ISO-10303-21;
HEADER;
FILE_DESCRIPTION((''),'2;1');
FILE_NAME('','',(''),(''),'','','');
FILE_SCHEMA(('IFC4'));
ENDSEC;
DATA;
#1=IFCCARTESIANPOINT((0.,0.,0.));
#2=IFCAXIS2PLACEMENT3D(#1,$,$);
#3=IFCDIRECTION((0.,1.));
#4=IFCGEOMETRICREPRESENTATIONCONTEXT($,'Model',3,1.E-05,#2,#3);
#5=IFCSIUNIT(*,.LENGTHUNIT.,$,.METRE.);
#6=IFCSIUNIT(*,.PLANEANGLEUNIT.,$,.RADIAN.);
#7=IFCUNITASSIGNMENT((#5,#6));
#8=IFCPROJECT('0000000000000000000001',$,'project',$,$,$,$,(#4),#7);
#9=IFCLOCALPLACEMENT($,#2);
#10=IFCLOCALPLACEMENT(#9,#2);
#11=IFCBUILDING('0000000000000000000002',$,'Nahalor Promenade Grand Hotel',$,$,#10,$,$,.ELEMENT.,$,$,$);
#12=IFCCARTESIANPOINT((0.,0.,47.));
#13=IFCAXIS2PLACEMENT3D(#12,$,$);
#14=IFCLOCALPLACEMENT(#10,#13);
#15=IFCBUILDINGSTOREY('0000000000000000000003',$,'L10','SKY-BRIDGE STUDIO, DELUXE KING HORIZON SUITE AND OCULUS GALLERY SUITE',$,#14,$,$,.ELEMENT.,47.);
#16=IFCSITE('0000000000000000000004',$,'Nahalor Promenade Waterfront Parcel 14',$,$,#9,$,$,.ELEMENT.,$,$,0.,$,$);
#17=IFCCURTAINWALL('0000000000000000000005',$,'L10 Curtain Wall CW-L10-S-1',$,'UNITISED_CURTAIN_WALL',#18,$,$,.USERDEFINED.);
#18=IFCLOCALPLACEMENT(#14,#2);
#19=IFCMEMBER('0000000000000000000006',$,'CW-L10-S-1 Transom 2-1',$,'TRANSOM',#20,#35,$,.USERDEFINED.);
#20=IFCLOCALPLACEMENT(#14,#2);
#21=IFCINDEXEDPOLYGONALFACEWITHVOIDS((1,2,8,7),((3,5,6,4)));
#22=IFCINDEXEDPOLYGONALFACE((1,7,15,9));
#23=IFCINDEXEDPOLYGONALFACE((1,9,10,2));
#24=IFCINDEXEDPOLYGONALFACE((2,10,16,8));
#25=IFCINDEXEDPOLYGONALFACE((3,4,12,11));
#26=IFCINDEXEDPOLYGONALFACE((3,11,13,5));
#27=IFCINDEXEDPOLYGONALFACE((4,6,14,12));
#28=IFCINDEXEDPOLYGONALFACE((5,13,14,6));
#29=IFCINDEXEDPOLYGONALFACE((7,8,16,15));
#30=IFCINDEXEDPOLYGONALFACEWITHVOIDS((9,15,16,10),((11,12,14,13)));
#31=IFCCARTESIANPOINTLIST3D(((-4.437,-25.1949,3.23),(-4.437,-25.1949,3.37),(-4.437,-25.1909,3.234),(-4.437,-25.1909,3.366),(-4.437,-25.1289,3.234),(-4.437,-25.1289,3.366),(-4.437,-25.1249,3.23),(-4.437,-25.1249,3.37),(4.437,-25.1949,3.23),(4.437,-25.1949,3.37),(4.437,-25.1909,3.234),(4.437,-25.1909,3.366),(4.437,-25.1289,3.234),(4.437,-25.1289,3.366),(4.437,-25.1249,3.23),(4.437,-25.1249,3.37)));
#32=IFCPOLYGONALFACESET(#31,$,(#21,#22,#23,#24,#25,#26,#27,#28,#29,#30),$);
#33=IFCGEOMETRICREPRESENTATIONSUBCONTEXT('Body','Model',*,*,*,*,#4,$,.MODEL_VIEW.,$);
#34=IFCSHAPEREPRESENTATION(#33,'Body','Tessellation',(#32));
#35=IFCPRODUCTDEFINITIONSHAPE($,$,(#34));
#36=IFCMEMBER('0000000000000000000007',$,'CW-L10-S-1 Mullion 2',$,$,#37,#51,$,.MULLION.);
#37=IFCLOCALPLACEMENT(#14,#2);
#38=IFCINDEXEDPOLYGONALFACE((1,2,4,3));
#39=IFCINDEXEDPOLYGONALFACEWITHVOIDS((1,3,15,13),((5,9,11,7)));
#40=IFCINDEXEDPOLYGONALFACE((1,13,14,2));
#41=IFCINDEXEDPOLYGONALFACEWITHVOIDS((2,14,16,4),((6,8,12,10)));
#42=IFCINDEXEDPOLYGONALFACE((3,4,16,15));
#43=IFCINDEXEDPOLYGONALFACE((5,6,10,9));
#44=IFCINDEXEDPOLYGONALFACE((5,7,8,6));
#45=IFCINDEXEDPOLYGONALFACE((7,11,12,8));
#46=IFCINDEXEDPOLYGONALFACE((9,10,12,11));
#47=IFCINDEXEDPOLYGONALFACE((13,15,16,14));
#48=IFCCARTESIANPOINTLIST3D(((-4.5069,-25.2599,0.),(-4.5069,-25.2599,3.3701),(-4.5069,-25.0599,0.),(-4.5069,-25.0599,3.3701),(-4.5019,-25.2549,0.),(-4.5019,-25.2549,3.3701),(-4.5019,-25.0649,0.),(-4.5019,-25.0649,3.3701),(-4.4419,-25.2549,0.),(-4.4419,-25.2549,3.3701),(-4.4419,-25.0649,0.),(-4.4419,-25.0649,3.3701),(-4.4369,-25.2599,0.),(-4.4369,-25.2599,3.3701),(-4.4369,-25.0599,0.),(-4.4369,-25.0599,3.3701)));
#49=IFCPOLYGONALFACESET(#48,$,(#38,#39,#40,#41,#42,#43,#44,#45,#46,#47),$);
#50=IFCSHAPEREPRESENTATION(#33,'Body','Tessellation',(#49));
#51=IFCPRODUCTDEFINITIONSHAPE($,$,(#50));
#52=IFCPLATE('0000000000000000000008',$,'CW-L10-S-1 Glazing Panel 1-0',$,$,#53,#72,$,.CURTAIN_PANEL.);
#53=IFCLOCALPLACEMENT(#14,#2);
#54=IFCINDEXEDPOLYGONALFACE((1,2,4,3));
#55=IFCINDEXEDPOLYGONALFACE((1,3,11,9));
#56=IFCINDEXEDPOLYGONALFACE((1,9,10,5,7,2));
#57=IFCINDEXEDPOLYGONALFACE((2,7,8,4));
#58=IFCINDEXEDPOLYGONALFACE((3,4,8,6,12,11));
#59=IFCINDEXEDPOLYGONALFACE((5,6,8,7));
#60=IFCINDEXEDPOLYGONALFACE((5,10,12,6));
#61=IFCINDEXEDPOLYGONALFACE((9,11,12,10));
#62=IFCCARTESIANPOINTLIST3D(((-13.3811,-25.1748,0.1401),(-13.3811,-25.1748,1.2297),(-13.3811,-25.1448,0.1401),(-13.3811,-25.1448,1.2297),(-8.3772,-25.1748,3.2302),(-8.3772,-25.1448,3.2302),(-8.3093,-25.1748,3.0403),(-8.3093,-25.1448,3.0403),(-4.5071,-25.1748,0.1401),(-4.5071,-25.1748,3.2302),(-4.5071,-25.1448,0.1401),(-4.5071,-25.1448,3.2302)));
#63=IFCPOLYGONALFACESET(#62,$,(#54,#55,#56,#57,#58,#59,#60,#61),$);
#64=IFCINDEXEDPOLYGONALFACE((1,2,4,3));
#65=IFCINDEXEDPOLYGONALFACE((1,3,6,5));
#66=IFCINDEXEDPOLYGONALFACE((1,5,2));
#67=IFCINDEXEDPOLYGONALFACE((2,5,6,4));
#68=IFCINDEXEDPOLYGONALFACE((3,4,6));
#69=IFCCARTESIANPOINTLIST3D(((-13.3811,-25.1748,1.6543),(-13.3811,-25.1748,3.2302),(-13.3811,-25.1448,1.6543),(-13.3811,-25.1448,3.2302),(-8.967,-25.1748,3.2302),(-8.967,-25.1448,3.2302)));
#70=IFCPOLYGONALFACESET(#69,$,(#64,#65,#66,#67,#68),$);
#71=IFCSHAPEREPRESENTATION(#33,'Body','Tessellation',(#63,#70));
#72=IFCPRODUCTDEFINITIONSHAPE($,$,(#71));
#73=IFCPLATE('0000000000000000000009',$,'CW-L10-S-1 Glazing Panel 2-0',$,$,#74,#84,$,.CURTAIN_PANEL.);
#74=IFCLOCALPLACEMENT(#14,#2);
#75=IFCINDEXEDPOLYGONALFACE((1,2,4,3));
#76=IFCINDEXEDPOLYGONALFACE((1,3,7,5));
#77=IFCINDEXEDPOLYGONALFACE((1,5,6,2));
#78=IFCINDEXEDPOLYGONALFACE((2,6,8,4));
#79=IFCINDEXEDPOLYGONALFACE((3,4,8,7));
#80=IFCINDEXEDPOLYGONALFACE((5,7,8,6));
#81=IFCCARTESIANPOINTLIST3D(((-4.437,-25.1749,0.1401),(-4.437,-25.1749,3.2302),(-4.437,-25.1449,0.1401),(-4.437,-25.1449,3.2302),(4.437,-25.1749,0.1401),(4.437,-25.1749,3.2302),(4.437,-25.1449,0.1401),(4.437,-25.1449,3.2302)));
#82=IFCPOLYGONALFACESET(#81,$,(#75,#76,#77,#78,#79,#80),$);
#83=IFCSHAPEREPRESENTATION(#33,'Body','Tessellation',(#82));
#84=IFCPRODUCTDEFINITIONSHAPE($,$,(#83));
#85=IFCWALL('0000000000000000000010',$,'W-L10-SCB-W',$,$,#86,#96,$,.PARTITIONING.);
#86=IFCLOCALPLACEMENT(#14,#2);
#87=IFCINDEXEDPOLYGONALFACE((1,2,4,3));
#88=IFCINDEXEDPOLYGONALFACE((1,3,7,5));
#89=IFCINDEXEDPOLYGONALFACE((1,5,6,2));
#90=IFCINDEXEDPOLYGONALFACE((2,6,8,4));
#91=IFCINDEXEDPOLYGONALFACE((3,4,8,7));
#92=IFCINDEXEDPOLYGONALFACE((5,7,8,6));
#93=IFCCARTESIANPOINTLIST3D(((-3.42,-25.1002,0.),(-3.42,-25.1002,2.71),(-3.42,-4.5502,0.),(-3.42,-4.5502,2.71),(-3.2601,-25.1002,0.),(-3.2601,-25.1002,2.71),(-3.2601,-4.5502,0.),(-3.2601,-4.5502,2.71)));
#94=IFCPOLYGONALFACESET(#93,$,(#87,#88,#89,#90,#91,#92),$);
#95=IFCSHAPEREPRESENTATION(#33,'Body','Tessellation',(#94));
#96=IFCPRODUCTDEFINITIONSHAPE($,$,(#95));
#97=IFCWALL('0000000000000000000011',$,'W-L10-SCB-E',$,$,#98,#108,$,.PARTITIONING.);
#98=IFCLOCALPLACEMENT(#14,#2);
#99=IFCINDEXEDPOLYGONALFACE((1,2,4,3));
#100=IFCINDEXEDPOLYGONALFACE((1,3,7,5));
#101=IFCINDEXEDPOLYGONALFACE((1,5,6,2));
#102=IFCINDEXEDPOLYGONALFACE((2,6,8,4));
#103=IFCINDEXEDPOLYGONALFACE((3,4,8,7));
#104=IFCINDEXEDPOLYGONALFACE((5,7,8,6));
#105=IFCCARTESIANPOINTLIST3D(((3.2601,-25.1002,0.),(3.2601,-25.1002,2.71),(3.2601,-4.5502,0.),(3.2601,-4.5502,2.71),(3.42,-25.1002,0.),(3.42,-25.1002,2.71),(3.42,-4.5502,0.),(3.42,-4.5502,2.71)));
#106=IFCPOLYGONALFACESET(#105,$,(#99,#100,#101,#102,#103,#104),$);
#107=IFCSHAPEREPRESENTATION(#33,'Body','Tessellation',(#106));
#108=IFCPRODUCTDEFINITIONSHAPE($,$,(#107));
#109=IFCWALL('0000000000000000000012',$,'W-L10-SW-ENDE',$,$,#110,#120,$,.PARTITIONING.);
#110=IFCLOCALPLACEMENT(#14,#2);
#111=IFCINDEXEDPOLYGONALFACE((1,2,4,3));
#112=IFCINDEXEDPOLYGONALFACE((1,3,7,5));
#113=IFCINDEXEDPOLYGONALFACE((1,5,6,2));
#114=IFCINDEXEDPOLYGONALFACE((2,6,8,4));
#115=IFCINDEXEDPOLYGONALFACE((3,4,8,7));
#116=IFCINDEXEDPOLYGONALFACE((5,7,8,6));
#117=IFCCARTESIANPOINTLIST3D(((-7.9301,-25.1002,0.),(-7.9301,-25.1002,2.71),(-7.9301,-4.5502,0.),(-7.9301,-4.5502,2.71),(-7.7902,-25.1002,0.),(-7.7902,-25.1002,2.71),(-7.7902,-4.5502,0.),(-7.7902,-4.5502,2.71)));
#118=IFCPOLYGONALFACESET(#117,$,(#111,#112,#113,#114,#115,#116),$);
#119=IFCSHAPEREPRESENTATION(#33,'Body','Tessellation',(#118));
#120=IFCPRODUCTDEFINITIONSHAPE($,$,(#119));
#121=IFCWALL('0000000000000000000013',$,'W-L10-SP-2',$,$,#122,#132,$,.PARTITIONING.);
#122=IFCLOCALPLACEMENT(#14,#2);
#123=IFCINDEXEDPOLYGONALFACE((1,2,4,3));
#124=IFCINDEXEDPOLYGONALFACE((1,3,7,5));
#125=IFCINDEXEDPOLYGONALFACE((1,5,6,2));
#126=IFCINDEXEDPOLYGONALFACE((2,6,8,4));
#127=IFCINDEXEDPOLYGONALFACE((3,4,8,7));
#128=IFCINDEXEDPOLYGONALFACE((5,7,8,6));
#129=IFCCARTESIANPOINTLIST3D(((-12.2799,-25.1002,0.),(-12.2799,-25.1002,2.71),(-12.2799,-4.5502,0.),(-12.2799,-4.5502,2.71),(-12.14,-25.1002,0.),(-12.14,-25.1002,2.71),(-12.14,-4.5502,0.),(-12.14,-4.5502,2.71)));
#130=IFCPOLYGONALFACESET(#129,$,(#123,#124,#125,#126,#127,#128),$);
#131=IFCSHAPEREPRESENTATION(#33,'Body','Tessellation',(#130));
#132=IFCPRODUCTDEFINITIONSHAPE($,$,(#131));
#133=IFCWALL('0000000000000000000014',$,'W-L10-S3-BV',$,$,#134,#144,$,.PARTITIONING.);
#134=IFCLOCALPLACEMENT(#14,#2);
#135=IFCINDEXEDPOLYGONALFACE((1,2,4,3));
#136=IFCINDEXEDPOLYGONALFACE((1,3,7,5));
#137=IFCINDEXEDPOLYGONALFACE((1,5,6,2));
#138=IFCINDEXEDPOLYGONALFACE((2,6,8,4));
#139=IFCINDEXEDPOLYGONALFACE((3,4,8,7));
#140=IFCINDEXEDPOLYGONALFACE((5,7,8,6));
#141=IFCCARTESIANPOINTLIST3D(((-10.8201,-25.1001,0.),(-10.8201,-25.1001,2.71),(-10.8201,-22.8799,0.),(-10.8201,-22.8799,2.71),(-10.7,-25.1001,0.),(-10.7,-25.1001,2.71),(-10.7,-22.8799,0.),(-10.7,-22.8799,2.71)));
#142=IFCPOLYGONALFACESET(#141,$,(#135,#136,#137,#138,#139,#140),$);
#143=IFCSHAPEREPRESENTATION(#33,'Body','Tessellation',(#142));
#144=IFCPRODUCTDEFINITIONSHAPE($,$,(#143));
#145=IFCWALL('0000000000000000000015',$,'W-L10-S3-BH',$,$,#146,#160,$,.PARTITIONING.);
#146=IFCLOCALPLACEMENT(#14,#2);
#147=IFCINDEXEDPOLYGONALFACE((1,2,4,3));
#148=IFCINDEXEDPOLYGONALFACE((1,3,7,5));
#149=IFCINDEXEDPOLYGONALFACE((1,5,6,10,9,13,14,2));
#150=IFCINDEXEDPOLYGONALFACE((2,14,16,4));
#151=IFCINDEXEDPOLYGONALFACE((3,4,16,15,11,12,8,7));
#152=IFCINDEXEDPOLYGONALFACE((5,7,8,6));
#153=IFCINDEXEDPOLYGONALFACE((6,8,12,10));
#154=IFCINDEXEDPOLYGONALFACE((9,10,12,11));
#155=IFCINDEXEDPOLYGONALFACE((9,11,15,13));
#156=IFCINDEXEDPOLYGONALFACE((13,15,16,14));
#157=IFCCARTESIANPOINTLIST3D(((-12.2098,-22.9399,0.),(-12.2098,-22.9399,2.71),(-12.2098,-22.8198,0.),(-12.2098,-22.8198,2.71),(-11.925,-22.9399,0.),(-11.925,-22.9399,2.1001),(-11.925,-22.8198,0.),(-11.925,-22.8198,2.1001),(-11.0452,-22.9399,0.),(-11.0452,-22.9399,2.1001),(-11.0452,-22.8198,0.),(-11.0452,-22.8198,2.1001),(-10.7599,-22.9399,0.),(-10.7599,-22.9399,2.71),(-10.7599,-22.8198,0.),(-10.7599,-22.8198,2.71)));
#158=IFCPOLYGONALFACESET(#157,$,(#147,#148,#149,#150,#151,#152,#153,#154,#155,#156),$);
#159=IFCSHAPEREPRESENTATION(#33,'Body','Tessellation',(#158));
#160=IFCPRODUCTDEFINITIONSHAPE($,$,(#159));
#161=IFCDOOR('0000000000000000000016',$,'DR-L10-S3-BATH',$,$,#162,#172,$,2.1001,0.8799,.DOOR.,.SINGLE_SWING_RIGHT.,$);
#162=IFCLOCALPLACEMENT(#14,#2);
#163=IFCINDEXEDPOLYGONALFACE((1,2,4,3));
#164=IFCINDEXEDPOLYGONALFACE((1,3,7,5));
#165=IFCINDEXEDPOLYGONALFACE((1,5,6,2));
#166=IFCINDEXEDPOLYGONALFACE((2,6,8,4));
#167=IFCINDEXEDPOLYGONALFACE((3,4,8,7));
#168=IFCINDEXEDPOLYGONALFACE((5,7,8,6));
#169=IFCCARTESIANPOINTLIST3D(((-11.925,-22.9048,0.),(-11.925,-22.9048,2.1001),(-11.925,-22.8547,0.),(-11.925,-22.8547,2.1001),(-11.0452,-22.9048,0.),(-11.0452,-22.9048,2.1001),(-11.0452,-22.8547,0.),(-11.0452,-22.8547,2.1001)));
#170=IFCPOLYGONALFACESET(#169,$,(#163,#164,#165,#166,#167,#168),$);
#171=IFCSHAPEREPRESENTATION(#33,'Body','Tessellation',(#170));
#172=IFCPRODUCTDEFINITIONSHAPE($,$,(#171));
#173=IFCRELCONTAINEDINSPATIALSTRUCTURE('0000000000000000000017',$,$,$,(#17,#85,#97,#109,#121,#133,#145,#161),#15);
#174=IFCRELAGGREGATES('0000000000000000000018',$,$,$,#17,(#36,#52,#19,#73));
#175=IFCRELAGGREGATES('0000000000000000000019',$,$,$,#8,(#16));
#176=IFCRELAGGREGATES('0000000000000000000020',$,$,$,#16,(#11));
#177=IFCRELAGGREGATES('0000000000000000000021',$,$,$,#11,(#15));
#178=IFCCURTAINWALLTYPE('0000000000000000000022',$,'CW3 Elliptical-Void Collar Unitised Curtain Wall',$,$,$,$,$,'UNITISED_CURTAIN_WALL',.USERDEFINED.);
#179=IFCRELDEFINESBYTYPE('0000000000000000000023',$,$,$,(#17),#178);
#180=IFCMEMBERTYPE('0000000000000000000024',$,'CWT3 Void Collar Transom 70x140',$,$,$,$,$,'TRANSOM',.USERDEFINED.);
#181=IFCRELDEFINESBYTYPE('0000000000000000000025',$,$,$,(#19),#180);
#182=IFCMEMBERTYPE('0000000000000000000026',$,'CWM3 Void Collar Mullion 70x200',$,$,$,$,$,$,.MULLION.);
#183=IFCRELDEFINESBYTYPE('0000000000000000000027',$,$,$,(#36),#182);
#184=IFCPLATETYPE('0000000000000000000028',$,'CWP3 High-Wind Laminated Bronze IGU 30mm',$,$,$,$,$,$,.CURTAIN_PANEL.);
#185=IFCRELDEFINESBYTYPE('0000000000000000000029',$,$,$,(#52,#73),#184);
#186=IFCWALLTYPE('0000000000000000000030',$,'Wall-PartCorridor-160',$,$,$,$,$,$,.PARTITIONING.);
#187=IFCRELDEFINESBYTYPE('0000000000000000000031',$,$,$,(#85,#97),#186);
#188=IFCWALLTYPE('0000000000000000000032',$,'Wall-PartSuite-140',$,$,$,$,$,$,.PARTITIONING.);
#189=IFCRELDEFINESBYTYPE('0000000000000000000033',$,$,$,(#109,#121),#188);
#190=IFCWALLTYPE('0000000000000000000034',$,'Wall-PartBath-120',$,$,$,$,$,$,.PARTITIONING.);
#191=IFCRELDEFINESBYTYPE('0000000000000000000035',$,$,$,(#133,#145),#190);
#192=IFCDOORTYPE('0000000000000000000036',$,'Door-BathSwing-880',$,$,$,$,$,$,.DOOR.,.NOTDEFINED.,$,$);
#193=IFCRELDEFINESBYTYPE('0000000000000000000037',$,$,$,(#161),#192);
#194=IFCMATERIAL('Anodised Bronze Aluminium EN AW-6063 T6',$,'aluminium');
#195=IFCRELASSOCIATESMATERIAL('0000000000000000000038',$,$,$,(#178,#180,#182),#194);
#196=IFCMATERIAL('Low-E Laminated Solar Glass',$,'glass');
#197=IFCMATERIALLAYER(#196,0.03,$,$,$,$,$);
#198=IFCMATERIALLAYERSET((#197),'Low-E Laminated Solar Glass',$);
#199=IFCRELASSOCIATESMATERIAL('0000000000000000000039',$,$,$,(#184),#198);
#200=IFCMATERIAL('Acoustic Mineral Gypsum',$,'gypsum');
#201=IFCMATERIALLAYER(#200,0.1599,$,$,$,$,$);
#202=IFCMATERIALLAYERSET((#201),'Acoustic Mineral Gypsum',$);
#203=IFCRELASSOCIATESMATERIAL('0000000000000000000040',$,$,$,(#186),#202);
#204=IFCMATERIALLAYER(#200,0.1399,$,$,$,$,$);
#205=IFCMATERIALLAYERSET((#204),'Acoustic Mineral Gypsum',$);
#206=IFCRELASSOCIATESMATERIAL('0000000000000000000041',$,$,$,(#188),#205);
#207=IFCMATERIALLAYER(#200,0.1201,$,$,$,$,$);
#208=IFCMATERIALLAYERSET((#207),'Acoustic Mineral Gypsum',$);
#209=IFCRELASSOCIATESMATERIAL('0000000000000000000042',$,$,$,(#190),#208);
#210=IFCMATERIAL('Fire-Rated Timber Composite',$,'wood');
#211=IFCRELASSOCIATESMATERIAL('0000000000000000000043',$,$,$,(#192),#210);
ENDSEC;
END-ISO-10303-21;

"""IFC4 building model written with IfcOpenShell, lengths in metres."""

from ifc_helpers import new_model, si_unit, direction, frame, frame_2d, origin, origin_2d, place, context, subcontext, project, spatial, polyline, rectangle, hollow_rectangle, outline, extrude, source, transform, mapped, material, layer, layer_set, material_profile, profile_set, type_object, element, fill, aggregate, save


model = new_model("IFC4")

# Units and contexts
model_context = context("Model", 3, precision=1e-05, world=origin(), true_north=direction((0.0, 1.0)))
body_context = subcontext(model_context, "Body", "Model", "MODEL_VIEW")
ifc_project = project(units=[si_unit("LENGTHUNIT", "METRE"), si_unit("PLANEANGLEUNIT", "RADIAN")], contexts=[model_context])

# Site, building, storey
site_placement = place(None, origin())
site = spatial("IfcSite", under=ifc_project, at=site_placement, Name="Nahalor Promenade Waterfront Parcel 14", CompositionType="ELEMENT", RefElevation=0.0)
building_placement = place(site_placement, origin())
building = spatial("IfcBuilding", under=site, at=building_placement, Name="Nahalor Promenade Grand Hotel", CompositionType="ELEMENT")
storey_placement = place(building_placement, frame((0.0, 0.0, 47.0)))
storey = spatial("IfcBuildingStorey", under=building, at=storey_placement, Name="L10", Description="SKY-BRIDGE STUDIO, DELUXE KING HORIZON SUITE AND OCULUS GALLERY SUITE", CompositionType="ELEMENT", Elevation=47.0)

# Curtain wall, members, plates
ifc_material_1 = material(Name="Anodised Bronze Aluminium EN AW-6063 T6", Category="aluminium")
curtain_wall_type = type_object("IfcCurtainWallType", Name="CW3 Elliptical-Void Collar Unitised Curtain Wall", ElementType="UNITISED_CURTAIN_WALL", PredefinedType="USERDEFINED", material=ifc_material_1)
curtain_wall_placement = place(storey_placement, origin())
curtain_wall = element("IfcCurtainWall", 1, at=curtain_wall_placement, inside=storey, type_object=curtain_wall_type, Name="L10 Curtain Wall CW-L10-S-1", ObjectType="UNITISED_CURTAIN_WALL", PredefinedType="USERDEFINED")
ifc_material_profile_1 = material_profile(ifc_material_1, hollow_rectangle(XDim=0.07, YDim=0.14, WallThickness=0.004, at=origin_2d()), Name="CWT 70x140x4")
ifc_profile_set_1 = profile_set([ifc_material_profile_1], Name="Anodised Bronze Aluminium EN AW-6063 T6")
member_type_1 = type_object("IfcMemberType", Name="CWT3 Void Collar Transom 70x140", ElementType="TRANSOM", PredefinedType="USERDEFINED", material=ifc_profile_set_1)
shared_shape_1 = source(origin(), body_context, "Body", "SweptSolid", [
    extrude(hollow_rectangle(XDim=0.07, YDim=0.14, WallThickness=0.004, at=origin_2d()), origin(), (0.0, 0.0, 1.0), 8.874),
])
member_1_placement = place(storey_placement, frame((-4.437, -25.1599, 3.3), z_axis=(1.0, 0.0, 0.0), x_axis=(0.0, 1.0, 0.0)))
member_1 = element("IfcMember", 2, at=member_1_placement, type_object=member_type_1, Name="CW-L10-S-1 Transom 2-1", ObjectType="TRANSOM", PredefinedType="USERDEFINED", context=body_context, shape_type="MappedRepresentation", body=[
    mapped(shared_shape_1, transform((0.0, 0.0, 0.0), scale=1.0)),
])
ifc_material_profile_2 = material_profile(ifc_material_1, hollow_rectangle(XDim=0.07, YDim=0.2, WallThickness=0.005, at=origin_2d()), Name="CWM 70x200x5")
ifc_profile_set_2 = profile_set([ifc_material_profile_2], Name="Anodised Bronze Aluminium EN AW-6063 T6")
member_type_2 = type_object("IfcMemberType", Name="CWM3 Void Collar Mullion 70x200", PredefinedType="MULLION", material=ifc_profile_set_2)
shared_shape_2 = source(origin(), body_context, "Body", "SweptSolid", [
    extrude(hollow_rectangle(XDim=0.07, YDim=0.2, WallThickness=0.005, at=origin_2d()), origin(), (0.0, 0.0, 1.0), 3.3701),
])
member_2_placement = place(storey_placement, frame((-4.4719, -25.1599, 0.0), z_axis=(0.0, 0.0, 1.0), x_axis=(1.0, 0.0, 0.0)))
member_2 = element("IfcMember", 3, at=member_2_placement, type_object=member_type_2, Name="CW-L10-S-1 Mullion 2", PredefinedType="MULLION", context=body_context, shape_type="MappedRepresentation", body=[
    mapped(shared_shape_2, transform((0.0, 0.0, 0.0), scale=1.0)),
])
ifc_material_2 = material(Name="Low-E Laminated Solar Glass", Category="glass")
ifc_layer_1 = layer(ifc_material_2, 0.03)
ifc_layer_set_1 = layer_set([ifc_layer_1], Name="Low-E Laminated Solar Glass")
plate_type = type_object("IfcPlateType", Name="CWP3 High-Wind Laminated Bronze IGU 30mm", PredefinedType="CURTAIN_PANEL", material=ifc_layer_set_1)
plate_1_placement = place(storey_placement, frame((-8.9441, -25.1599, 0.1401), z_axis=(0.0, 0.0, 1.0), x_axis=(1.0, 0.0, 0.0)))
plate_1 = element("IfcPlate", 4, at=plate_1_placement, type_object=plate_type, Name="CW-L10-S-1 Glazing Panel 1-0", PredefinedType="CURTAIN_PANEL", context=body_context, shape_type="SweptSolid", body=[
    extrude(outline(polyline([(4.437, 0.0), (4.437, 3.0901), (0.5669, 3.0901), (0.6348, 2.9001), (-4.437, 1.0896), (-4.437, 0.0), (4.437, 0.0)])), frame((0.0, 0.0151, 0.0), z_axis=(0.0, -1.0, 0.0), x_axis=(1.0, 0.0, 0.0)), (0.0, 0.0, 1.0), 0.03),
    extrude(outline(polyline([(-0.0229, 3.0901), (-4.437, 3.0901), (-4.437, 1.5142), (-0.0229, 3.0901)])), frame((0.0, 0.0151, 0.0), z_axis=(0.0, -1.0, 0.0), x_axis=(1.0, 0.0, 0.0)), (0.0, 0.0, 1.0), 0.03),
])
shared_shape_3 = source(origin(), body_context, "Body", "SweptSolid", [
    extrude(rectangle(XDim=8.874, YDim=0.03, at=origin_2d()), origin(), (0.0, 0.0, 1.0), 3.0901),
])
plate_2_placement = place(storey_placement, frame((0.0, -25.1599, 0.1401), z_axis=(0.0, 0.0, 1.0), x_axis=(1.0, 0.0, 0.0)))
plate_2 = element("IfcPlate", 5, at=plate_2_placement, type_object=plate_type, Name="CW-L10-S-1 Glazing Panel 2-0", PredefinedType="CURTAIN_PANEL", context=body_context, shape_type="MappedRepresentation", body=[
    mapped(shared_shape_3, transform((0.0, 0.0, 0.0), scale=1.0)),
])
aggregate(curtain_wall, [member_2, plate_1, member_1, plate_2])

# Walls
ifc_material_3 = material(Name="Acoustic Mineral Gypsum", Category="gypsum")
ifc_layer_2 = layer(ifc_material_3, 0.1599)
ifc_layer_set_2 = layer_set([ifc_layer_2], Name="Acoustic Mineral Gypsum")
wall_type_1 = type_object("IfcWallType", Name="Wall-PartCorridor-160", PredefinedType="PARTITIONING", material=ifc_layer_set_2)
shared_shape_4 = source(origin(), body_context, "Body", "SweptSolid", [
    extrude(rectangle(XDim=20.55, YDim=0.1599, at=frame_2d((10.2749, 0.0))), origin(), (0.0, 0.0, 1.0), 2.71),
])
for number, where, z_axis, x_axis, name in (
    (6, (-3.3401, -25.1001, 0.0), (0.0, 0.0, 1.0), (0.0, 1.0, 0.0), "W-L10-SCB-W"),
    (7, (3.3401, -25.1001, 0.0), (0.0, 0.0, 1.0), (0.0, 1.0, 0.0), "W-L10-SCB-E"),
):
    element("IfcWall", number, at=place(storey_placement, frame(where, z_axis=z_axis, x_axis=x_axis)), inside=storey, type_object=wall_type_1, Name=name, PredefinedType="PARTITIONING", context=body_context, shape_type="MappedRepresentation", body=[
        mapped(shared_shape_4, transform((0.0, 0.0, 0.0), scale=1.0)),
    ])
ifc_layer_3 = layer(ifc_material_3, 0.1399)
ifc_layer_set_3 = layer_set([ifc_layer_3], Name="Acoustic Mineral Gypsum")
wall_type_2 = type_object("IfcWallType", Name="Wall-PartSuite-140", PredefinedType="PARTITIONING", material=ifc_layer_set_3)
shared_shape_5 = source(origin(), body_context, "Body", "SweptSolid", [
    extrude(rectangle(XDim=20.55, YDim=0.1399, at=frame_2d((10.2749, 0.0))), origin(), (0.0, 0.0, 1.0), 2.71),
])
for number, where, z_axis, x_axis, name in (
    (8, (-7.8601, -25.1001, 0.0), (0.0, 0.0, 1.0), (0.0, 1.0, 0.0), "W-L10-SW-ENDE"),
    (9, (-12.21, -25.1001, 0.0), (0.0, 0.0, 1.0), (0.0, 1.0, 0.0), "W-L10-SP-2"),
):
    element("IfcWall", number, at=place(storey_placement, frame(where, z_axis=z_axis, x_axis=x_axis)), inside=storey, type_object=wall_type_2, Name=name, PredefinedType="PARTITIONING", context=body_context, shape_type="MappedRepresentation", body=[
        mapped(shared_shape_5, transform((0.0, 0.0, 0.0), scale=1.0)),
    ])
ifc_layer_4 = layer(ifc_material_3, 0.1201)
ifc_layer_set_4 = layer_set([ifc_layer_4], Name="Acoustic Mineral Gypsum")
wall_type_3 = type_object("IfcWallType", Name="Wall-PartBath-120", PredefinedType="PARTITIONING", material=ifc_layer_set_4)
shared_shape_6 = source(origin(), body_context, "Body", "SweptSolid", [
    extrude(rectangle(XDim=2.2202, YDim=0.1201, at=frame_2d((1.1101, 0.0))), origin(), (0.0, 0.0, 1.0), 2.71),
])
wall_1_placement = place(storey_placement, frame((-10.76, -25.1001, 0.0), z_axis=(0.0, 0.0, 1.0), x_axis=(0.0, 1.0, 0.0)))
element("IfcWall", 10, at=wall_1_placement, inside=storey, type_object=wall_type_3, Name="W-L10-S3-BV", PredefinedType="PARTITIONING", context=body_context, shape_type="MappedRepresentation", body=[
    mapped(shared_shape_6, transform((0.0, 0.0, 0.0), scale=1.0)),
])

# Wall, opening, door
shared_shape_7 = source(origin(), body_context, "Body", "SweptSolid", [
    extrude(rectangle(XDim=1.45, YDim=0.1201, at=frame_2d((0.7251, 0.0))), origin(), (0.0, 0.0, 1.0), 2.71),
])
wall_2_placement = place(storey_placement, frame((-12.21, -22.8799, 0.0), z_axis=(0.0, 0.0, 1.0), x_axis=(1.0, 0.0, 0.0)))
wall_2 = element("IfcWall", 11, at=wall_2_placement, inside=storey, type_object=wall_type_3, Name="W-L10-S3-BH", PredefinedType="PARTITIONING", context=body_context, shape_type="MappedRepresentation", body=[
    mapped(shared_shape_7, transform((0.0, 0.0, 0.0), scale=1.0)),
])
opening_placement = place(wall_2_placement, frame((0.2849, 0.0, 0.0)))
opening = element("IfcOpeningElement", 12, at=opening_placement, cuts=wall_2, PredefinedType="OPENING", context=body_context, shape_type="SweptSolid", body=[
    extrude(rectangle(XDim=0.8799, YDim=2.1001, at=frame_2d((0.4399, 1.05))), frame((0.0, 0.0701, 0.0), z_axis=(0.0, -1.0, 0.0), x_axis=(1.0, 0.0, 0.0)), (0.0, 0.0, 1.0), 0.1401),
])
ifc_material_4 = material(Name="Fire-Rated Timber Composite", Category="wood")
door_type = type_object("IfcDoorType", Name="Door-BathSwing-880", OperationType="NOTDEFINED", PredefinedType="DOOR", material=ifc_material_4)
shared_shape_8 = source(origin(), body_context, "Body", "SweptSolid", [
    extrude(rectangle(XDim=0.8799, YDim=2.1001, at=frame_2d((0.4399, 1.05))), frame((0.0, 0.0249, 0.0), z_axis=(0.0, -1.0, 0.0), x_axis=(1.0, 0.0, 0.0)), (0.0, 0.0, 1.0), 0.05),
])
door_placement = place(opening_placement, frame((0.8799, 0.0, 0.0), z_axis=(0.0, 0.0, 1.0), x_axis=(-1.0, 0.0, 0.0)))
door = element("IfcDoor", 13, at=door_placement, inside=storey, type_object=door_type, Name="DR-L10-S3-BATH", OperationType="SINGLE_SWING_RIGHT", OverallHeight=2.1001, OverallWidth=0.8799, PredefinedType="DOOR", context=body_context, shape_type="MappedRepresentation", body=[
    mapped(shared_shape_8, transform((0.0, 0.0, 0.0), scale=1.0)),
])
fill(opening, door)

save(model, "model.ifc")
